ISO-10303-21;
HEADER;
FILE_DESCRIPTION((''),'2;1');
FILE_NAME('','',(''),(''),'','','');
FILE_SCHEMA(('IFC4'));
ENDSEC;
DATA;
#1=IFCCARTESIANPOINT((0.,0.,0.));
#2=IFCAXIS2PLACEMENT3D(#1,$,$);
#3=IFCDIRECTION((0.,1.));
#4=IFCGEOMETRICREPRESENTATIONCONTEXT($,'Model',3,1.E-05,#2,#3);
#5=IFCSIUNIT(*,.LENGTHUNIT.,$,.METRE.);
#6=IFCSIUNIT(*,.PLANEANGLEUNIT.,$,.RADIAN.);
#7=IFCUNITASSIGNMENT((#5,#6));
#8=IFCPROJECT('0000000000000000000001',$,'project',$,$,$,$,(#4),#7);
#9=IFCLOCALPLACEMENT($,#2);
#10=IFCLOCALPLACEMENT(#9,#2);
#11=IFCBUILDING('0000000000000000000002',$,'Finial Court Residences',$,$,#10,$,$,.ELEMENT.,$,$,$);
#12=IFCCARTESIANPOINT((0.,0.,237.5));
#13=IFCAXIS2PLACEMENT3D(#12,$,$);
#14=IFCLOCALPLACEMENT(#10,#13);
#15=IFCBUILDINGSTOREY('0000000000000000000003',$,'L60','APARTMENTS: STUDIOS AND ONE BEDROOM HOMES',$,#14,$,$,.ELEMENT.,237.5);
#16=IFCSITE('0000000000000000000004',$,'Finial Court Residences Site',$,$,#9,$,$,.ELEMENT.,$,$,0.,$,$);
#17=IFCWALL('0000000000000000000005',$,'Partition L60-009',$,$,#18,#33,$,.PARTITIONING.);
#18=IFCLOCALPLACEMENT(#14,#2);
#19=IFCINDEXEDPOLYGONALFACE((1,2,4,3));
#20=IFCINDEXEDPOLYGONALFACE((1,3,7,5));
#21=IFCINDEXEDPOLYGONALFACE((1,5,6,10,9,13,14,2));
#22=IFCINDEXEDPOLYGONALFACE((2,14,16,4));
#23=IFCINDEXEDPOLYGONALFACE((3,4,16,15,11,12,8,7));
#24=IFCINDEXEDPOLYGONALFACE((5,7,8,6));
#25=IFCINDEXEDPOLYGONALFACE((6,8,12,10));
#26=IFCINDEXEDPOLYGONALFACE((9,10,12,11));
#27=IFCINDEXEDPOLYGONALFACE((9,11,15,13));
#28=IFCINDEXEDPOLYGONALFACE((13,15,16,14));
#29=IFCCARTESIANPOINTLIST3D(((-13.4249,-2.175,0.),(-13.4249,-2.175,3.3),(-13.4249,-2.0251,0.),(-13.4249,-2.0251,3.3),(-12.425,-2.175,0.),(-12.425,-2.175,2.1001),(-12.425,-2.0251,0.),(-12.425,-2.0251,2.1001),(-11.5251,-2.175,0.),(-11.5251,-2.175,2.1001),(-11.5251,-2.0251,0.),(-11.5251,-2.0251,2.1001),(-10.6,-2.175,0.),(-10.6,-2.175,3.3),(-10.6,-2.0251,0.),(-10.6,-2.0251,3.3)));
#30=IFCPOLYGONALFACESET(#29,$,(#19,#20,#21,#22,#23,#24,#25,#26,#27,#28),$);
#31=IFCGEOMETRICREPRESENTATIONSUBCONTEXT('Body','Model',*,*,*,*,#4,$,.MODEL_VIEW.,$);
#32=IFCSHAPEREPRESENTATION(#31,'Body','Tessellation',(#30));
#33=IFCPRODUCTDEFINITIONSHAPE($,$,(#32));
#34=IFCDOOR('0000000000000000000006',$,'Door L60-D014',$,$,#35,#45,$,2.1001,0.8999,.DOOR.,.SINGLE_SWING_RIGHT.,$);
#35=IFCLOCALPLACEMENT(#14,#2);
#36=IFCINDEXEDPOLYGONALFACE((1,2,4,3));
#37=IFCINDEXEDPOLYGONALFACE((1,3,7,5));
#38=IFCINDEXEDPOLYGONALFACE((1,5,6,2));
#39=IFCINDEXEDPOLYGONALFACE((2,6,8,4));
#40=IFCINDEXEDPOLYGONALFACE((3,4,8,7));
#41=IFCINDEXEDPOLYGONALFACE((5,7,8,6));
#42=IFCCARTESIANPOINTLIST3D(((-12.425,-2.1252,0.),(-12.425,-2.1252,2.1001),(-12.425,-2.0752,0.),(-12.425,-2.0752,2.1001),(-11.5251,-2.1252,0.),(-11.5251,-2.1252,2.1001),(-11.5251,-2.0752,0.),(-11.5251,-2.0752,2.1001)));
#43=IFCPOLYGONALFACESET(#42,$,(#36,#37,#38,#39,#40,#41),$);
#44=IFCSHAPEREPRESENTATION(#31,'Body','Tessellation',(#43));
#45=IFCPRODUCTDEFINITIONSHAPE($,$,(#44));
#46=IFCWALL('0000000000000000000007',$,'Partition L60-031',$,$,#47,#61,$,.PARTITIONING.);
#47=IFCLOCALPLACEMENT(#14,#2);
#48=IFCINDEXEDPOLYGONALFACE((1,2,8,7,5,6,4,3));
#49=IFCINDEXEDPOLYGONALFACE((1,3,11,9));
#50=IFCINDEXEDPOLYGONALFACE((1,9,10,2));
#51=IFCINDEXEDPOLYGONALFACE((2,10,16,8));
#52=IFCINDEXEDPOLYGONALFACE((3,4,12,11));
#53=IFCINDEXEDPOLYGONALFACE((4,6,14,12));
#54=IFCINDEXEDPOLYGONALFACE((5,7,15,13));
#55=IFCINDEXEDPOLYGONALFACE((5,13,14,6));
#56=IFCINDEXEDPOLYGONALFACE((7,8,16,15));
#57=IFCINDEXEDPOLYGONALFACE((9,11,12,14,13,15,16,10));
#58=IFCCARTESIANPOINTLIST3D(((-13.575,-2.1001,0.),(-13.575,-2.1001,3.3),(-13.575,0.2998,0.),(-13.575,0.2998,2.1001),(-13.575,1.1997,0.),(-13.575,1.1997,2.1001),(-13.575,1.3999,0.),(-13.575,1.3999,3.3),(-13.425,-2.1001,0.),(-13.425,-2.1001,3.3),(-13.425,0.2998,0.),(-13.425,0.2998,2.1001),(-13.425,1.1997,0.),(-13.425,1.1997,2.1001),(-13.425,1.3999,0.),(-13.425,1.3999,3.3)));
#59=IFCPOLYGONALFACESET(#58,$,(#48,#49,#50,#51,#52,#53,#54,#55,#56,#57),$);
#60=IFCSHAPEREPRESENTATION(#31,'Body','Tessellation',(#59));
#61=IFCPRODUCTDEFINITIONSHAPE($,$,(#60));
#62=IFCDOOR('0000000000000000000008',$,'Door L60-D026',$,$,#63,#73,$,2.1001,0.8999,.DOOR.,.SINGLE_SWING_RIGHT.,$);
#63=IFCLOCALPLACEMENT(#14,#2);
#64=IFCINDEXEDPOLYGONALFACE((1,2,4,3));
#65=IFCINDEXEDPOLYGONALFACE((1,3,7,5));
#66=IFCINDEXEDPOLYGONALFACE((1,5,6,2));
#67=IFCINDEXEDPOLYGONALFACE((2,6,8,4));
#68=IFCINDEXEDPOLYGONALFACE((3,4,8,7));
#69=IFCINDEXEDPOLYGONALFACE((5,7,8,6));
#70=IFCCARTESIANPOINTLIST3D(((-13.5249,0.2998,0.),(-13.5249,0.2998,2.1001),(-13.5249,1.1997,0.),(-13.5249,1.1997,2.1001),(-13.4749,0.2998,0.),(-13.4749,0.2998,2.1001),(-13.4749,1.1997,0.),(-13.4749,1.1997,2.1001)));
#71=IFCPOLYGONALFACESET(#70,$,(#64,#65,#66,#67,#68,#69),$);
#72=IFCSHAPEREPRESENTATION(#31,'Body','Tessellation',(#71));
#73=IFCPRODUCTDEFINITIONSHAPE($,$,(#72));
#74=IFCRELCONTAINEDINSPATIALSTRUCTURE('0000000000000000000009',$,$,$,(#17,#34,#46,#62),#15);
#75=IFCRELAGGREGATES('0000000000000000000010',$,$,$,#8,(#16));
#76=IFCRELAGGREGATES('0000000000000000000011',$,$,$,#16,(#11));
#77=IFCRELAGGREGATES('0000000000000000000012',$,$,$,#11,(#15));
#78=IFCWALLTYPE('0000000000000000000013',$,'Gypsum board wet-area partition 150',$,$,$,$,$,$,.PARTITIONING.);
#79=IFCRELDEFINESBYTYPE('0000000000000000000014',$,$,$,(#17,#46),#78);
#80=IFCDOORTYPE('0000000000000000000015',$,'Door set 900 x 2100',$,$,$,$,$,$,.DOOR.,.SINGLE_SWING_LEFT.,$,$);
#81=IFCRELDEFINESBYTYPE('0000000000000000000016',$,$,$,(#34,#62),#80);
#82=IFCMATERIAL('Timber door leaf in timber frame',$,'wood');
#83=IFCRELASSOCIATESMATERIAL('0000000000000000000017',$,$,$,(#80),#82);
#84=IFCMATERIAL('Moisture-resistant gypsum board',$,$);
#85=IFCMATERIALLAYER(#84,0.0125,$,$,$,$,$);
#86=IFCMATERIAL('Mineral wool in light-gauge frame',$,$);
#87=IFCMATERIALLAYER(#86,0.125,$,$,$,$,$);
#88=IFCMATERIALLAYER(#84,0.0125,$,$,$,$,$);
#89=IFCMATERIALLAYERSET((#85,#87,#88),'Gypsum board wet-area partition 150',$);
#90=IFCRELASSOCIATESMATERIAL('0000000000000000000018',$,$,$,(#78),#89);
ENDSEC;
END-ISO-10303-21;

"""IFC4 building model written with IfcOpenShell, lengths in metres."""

from ifc_helpers import new_model, si_unit, direction, frame, frame_2d, origin, place, context, subcontext, project, spatial, rectangle, extrude, material, layer, layer_set, type_object, element, fill, save


model = new_model("IFC4")

# Units and contexts
model_context = context("Model", 3, precision=1e-05, world=origin(), true_north=direction((0.0, 1.0)))
body_context = subcontext(model_context, "Body", "Model", "MODEL_VIEW")
ifc_project = project(units=[si_unit("LENGTHUNIT", "METRE"), si_unit("PLANEANGLEUNIT", "RADIAN")], contexts=[model_context])

# Site, building, storey
site_placement = place(None, origin())
site = spatial("IfcSite", under=ifc_project, at=site_placement, Name="Finial Court Residences Site", CompositionType="ELEMENT", RefElevation=0.0)
building_placement = place(site_placement, origin())
building = spatial("IfcBuilding", under=site, at=building_placement, Name="Finial Court Residences", CompositionType="ELEMENT")
storey_placement = place(building_placement, frame((0.0, 0.0, 237.5)))
storey = spatial("IfcBuildingStorey", under=building, at=storey_placement, Name="L60", Description="APARTMENTS: STUDIOS AND ONE BEDROOM HOMES", CompositionType="ELEMENT", Elevation=237.5)

# Shared definitions
ifc_material_1 = material(Name="Mineral wool in light-gauge frame")
ifc_material_2 = material(Name="Timber door leaf in timber frame", Category="wood")
door_type_1 = type_object("IfcDoorType", Name="Door set 900 x 2100", OperationType="SINGLE_SWING_LEFT", PredefinedType="DOOR", material=ifc_material_2)

# Walls, openings, doors
ifc_material_3 = material(Name="Moisture-resistant gypsum board")
ifc_layer_1 = layer(ifc_material_3, 0.0125)
ifc_layer_2 = layer(ifc_material_1, 0.125)
ifc_layer_3 = layer(ifc_material_3, 0.0125)
ifc_layer_set_1 = layer_set([ifc_layer_1, ifc_layer_2, ifc_layer_3], Name="Gypsum board wet-area partition 150")
wall_type_1 = type_object("IfcWallType", Name="Gypsum board wet-area partition 150", PredefinedType="PARTITIONING", material=ifc_layer_set_1)
wall_1_placement = place(storey_placement, frame((-13.425, -2.1001, 0.0), z_axis=(0.0, 0.0, 1.0), x_axis=(1.0, 0.0, 0.0)))
wall_1 = element("IfcWall", 1, at=wall_1_placement, inside=storey, type_object=wall_type_1, Name="Partition L60-009", PredefinedType="PARTITIONING", context=body_context, shape_type="SweptSolid", body=[
    extrude(rectangle(XDim=2.825, YDim=0.1499, at=frame_2d((1.4126, 0.0))), origin(), (0.0, 0.0, 1.0), 3.3),
])
opening_1_placement = place(wall_1_placement, frame((1.0, 0.0, 0.0)))
opening_1 = element("IfcOpeningElement", 2, at=opening_1_placement, cuts=wall_1, PredefinedType="OPENING", context=body_context, shape_type="SweptSolid", body=[
    extrude(rectangle(XDim=0.8999, YDim=2.1001, at=frame_2d((0.45, 1.05))), frame((0.0, 0.085, 0.0), z_axis=(0.0, -1.0, 0.0), x_axis=(1.0, 0.0, 0.0)), (0.0, 0.0, 1.0), 0.1699),
])
door_1_placement = place(opening_1_placement, origin())
door_1 = element("IfcDoor", 3, at=door_1_placement, inside=storey, type_object=door_type_1, Name="Door L60-D014", OperationType="SINGLE_SWING_RIGHT", OverallHeight=2.1001, OverallWidth=0.8999, PredefinedType="DOOR", context=body_context, shape_type="SweptSolid", body=[
    extrude(rectangle(XDim=0.8999, YDim=2.1001, at=frame_2d((0.45, 1.05))), frame((0.0, 0.0249, 0.0), z_axis=(0.0, -1.0, 0.0), x_axis=(1.0, 0.0, 0.0)), (0.0, 0.0, 1.0), 0.05),
])
fill(opening_1, door_1)
wall_2_placement = place(storey_placement, frame((-13.5, -2.1001, 0.0), z_axis=(0.0, 0.0, 1.0), x_axis=(0.0, 1.0, 0.0)))
wall_2 = element("IfcWall", 4, at=wall_2_placement, inside=storey, type_object=wall_type_1, Name="Partition L60-031", PredefinedType="PARTITIONING", context=body_context, shape_type="SweptSolid", body=[
    extrude(rectangle(XDim=3.5, YDim=0.1499, at=frame_2d((1.75, 0.0))), origin(), (0.0, 0.0, 1.0), 3.3),
])
opening_2_placement = place(wall_2_placement, frame((2.3999, 0.0, 0.0)))
opening_2 = element("IfcOpeningElement", 5, at=opening_2_placement, cuts=wall_2, PredefinedType="OPENING", context=body_context, shape_type="SweptSolid", body=[
    extrude(rectangle(XDim=0.8999, YDim=2.1001, at=frame_2d((0.45, 1.05))), frame((0.0, 0.085, 0.0), z_axis=(0.0, -1.0, 0.0), x_axis=(1.0, 0.0, 0.0)), (0.0, 0.0, 1.0), 0.1699),
])
door_2_placement = place(opening_2_placement, origin())
door_2 = element("IfcDoor", 6, at=door_2_placement, inside=storey, type_object=door_type_1, Name="Door L60-D026", OperationType="SINGLE_SWING_RIGHT", OverallHeight=2.1001, OverallWidth=0.8999, PredefinedType="DOOR", context=body_context, shape_type="SweptSolid", body=[
    extrude(rectangle(XDim=0.8999, YDim=2.1001, at=frame_2d((0.45, 1.05))), frame((0.0, 0.0249, 0.0), z_axis=(0.0, -1.0, 0.0), x_axis=(1.0, 0.0, 0.0)), (0.0, 0.0, 1.0), 0.05),
])
fill(opening_2, door_2)

save(model, "model.ifc")
